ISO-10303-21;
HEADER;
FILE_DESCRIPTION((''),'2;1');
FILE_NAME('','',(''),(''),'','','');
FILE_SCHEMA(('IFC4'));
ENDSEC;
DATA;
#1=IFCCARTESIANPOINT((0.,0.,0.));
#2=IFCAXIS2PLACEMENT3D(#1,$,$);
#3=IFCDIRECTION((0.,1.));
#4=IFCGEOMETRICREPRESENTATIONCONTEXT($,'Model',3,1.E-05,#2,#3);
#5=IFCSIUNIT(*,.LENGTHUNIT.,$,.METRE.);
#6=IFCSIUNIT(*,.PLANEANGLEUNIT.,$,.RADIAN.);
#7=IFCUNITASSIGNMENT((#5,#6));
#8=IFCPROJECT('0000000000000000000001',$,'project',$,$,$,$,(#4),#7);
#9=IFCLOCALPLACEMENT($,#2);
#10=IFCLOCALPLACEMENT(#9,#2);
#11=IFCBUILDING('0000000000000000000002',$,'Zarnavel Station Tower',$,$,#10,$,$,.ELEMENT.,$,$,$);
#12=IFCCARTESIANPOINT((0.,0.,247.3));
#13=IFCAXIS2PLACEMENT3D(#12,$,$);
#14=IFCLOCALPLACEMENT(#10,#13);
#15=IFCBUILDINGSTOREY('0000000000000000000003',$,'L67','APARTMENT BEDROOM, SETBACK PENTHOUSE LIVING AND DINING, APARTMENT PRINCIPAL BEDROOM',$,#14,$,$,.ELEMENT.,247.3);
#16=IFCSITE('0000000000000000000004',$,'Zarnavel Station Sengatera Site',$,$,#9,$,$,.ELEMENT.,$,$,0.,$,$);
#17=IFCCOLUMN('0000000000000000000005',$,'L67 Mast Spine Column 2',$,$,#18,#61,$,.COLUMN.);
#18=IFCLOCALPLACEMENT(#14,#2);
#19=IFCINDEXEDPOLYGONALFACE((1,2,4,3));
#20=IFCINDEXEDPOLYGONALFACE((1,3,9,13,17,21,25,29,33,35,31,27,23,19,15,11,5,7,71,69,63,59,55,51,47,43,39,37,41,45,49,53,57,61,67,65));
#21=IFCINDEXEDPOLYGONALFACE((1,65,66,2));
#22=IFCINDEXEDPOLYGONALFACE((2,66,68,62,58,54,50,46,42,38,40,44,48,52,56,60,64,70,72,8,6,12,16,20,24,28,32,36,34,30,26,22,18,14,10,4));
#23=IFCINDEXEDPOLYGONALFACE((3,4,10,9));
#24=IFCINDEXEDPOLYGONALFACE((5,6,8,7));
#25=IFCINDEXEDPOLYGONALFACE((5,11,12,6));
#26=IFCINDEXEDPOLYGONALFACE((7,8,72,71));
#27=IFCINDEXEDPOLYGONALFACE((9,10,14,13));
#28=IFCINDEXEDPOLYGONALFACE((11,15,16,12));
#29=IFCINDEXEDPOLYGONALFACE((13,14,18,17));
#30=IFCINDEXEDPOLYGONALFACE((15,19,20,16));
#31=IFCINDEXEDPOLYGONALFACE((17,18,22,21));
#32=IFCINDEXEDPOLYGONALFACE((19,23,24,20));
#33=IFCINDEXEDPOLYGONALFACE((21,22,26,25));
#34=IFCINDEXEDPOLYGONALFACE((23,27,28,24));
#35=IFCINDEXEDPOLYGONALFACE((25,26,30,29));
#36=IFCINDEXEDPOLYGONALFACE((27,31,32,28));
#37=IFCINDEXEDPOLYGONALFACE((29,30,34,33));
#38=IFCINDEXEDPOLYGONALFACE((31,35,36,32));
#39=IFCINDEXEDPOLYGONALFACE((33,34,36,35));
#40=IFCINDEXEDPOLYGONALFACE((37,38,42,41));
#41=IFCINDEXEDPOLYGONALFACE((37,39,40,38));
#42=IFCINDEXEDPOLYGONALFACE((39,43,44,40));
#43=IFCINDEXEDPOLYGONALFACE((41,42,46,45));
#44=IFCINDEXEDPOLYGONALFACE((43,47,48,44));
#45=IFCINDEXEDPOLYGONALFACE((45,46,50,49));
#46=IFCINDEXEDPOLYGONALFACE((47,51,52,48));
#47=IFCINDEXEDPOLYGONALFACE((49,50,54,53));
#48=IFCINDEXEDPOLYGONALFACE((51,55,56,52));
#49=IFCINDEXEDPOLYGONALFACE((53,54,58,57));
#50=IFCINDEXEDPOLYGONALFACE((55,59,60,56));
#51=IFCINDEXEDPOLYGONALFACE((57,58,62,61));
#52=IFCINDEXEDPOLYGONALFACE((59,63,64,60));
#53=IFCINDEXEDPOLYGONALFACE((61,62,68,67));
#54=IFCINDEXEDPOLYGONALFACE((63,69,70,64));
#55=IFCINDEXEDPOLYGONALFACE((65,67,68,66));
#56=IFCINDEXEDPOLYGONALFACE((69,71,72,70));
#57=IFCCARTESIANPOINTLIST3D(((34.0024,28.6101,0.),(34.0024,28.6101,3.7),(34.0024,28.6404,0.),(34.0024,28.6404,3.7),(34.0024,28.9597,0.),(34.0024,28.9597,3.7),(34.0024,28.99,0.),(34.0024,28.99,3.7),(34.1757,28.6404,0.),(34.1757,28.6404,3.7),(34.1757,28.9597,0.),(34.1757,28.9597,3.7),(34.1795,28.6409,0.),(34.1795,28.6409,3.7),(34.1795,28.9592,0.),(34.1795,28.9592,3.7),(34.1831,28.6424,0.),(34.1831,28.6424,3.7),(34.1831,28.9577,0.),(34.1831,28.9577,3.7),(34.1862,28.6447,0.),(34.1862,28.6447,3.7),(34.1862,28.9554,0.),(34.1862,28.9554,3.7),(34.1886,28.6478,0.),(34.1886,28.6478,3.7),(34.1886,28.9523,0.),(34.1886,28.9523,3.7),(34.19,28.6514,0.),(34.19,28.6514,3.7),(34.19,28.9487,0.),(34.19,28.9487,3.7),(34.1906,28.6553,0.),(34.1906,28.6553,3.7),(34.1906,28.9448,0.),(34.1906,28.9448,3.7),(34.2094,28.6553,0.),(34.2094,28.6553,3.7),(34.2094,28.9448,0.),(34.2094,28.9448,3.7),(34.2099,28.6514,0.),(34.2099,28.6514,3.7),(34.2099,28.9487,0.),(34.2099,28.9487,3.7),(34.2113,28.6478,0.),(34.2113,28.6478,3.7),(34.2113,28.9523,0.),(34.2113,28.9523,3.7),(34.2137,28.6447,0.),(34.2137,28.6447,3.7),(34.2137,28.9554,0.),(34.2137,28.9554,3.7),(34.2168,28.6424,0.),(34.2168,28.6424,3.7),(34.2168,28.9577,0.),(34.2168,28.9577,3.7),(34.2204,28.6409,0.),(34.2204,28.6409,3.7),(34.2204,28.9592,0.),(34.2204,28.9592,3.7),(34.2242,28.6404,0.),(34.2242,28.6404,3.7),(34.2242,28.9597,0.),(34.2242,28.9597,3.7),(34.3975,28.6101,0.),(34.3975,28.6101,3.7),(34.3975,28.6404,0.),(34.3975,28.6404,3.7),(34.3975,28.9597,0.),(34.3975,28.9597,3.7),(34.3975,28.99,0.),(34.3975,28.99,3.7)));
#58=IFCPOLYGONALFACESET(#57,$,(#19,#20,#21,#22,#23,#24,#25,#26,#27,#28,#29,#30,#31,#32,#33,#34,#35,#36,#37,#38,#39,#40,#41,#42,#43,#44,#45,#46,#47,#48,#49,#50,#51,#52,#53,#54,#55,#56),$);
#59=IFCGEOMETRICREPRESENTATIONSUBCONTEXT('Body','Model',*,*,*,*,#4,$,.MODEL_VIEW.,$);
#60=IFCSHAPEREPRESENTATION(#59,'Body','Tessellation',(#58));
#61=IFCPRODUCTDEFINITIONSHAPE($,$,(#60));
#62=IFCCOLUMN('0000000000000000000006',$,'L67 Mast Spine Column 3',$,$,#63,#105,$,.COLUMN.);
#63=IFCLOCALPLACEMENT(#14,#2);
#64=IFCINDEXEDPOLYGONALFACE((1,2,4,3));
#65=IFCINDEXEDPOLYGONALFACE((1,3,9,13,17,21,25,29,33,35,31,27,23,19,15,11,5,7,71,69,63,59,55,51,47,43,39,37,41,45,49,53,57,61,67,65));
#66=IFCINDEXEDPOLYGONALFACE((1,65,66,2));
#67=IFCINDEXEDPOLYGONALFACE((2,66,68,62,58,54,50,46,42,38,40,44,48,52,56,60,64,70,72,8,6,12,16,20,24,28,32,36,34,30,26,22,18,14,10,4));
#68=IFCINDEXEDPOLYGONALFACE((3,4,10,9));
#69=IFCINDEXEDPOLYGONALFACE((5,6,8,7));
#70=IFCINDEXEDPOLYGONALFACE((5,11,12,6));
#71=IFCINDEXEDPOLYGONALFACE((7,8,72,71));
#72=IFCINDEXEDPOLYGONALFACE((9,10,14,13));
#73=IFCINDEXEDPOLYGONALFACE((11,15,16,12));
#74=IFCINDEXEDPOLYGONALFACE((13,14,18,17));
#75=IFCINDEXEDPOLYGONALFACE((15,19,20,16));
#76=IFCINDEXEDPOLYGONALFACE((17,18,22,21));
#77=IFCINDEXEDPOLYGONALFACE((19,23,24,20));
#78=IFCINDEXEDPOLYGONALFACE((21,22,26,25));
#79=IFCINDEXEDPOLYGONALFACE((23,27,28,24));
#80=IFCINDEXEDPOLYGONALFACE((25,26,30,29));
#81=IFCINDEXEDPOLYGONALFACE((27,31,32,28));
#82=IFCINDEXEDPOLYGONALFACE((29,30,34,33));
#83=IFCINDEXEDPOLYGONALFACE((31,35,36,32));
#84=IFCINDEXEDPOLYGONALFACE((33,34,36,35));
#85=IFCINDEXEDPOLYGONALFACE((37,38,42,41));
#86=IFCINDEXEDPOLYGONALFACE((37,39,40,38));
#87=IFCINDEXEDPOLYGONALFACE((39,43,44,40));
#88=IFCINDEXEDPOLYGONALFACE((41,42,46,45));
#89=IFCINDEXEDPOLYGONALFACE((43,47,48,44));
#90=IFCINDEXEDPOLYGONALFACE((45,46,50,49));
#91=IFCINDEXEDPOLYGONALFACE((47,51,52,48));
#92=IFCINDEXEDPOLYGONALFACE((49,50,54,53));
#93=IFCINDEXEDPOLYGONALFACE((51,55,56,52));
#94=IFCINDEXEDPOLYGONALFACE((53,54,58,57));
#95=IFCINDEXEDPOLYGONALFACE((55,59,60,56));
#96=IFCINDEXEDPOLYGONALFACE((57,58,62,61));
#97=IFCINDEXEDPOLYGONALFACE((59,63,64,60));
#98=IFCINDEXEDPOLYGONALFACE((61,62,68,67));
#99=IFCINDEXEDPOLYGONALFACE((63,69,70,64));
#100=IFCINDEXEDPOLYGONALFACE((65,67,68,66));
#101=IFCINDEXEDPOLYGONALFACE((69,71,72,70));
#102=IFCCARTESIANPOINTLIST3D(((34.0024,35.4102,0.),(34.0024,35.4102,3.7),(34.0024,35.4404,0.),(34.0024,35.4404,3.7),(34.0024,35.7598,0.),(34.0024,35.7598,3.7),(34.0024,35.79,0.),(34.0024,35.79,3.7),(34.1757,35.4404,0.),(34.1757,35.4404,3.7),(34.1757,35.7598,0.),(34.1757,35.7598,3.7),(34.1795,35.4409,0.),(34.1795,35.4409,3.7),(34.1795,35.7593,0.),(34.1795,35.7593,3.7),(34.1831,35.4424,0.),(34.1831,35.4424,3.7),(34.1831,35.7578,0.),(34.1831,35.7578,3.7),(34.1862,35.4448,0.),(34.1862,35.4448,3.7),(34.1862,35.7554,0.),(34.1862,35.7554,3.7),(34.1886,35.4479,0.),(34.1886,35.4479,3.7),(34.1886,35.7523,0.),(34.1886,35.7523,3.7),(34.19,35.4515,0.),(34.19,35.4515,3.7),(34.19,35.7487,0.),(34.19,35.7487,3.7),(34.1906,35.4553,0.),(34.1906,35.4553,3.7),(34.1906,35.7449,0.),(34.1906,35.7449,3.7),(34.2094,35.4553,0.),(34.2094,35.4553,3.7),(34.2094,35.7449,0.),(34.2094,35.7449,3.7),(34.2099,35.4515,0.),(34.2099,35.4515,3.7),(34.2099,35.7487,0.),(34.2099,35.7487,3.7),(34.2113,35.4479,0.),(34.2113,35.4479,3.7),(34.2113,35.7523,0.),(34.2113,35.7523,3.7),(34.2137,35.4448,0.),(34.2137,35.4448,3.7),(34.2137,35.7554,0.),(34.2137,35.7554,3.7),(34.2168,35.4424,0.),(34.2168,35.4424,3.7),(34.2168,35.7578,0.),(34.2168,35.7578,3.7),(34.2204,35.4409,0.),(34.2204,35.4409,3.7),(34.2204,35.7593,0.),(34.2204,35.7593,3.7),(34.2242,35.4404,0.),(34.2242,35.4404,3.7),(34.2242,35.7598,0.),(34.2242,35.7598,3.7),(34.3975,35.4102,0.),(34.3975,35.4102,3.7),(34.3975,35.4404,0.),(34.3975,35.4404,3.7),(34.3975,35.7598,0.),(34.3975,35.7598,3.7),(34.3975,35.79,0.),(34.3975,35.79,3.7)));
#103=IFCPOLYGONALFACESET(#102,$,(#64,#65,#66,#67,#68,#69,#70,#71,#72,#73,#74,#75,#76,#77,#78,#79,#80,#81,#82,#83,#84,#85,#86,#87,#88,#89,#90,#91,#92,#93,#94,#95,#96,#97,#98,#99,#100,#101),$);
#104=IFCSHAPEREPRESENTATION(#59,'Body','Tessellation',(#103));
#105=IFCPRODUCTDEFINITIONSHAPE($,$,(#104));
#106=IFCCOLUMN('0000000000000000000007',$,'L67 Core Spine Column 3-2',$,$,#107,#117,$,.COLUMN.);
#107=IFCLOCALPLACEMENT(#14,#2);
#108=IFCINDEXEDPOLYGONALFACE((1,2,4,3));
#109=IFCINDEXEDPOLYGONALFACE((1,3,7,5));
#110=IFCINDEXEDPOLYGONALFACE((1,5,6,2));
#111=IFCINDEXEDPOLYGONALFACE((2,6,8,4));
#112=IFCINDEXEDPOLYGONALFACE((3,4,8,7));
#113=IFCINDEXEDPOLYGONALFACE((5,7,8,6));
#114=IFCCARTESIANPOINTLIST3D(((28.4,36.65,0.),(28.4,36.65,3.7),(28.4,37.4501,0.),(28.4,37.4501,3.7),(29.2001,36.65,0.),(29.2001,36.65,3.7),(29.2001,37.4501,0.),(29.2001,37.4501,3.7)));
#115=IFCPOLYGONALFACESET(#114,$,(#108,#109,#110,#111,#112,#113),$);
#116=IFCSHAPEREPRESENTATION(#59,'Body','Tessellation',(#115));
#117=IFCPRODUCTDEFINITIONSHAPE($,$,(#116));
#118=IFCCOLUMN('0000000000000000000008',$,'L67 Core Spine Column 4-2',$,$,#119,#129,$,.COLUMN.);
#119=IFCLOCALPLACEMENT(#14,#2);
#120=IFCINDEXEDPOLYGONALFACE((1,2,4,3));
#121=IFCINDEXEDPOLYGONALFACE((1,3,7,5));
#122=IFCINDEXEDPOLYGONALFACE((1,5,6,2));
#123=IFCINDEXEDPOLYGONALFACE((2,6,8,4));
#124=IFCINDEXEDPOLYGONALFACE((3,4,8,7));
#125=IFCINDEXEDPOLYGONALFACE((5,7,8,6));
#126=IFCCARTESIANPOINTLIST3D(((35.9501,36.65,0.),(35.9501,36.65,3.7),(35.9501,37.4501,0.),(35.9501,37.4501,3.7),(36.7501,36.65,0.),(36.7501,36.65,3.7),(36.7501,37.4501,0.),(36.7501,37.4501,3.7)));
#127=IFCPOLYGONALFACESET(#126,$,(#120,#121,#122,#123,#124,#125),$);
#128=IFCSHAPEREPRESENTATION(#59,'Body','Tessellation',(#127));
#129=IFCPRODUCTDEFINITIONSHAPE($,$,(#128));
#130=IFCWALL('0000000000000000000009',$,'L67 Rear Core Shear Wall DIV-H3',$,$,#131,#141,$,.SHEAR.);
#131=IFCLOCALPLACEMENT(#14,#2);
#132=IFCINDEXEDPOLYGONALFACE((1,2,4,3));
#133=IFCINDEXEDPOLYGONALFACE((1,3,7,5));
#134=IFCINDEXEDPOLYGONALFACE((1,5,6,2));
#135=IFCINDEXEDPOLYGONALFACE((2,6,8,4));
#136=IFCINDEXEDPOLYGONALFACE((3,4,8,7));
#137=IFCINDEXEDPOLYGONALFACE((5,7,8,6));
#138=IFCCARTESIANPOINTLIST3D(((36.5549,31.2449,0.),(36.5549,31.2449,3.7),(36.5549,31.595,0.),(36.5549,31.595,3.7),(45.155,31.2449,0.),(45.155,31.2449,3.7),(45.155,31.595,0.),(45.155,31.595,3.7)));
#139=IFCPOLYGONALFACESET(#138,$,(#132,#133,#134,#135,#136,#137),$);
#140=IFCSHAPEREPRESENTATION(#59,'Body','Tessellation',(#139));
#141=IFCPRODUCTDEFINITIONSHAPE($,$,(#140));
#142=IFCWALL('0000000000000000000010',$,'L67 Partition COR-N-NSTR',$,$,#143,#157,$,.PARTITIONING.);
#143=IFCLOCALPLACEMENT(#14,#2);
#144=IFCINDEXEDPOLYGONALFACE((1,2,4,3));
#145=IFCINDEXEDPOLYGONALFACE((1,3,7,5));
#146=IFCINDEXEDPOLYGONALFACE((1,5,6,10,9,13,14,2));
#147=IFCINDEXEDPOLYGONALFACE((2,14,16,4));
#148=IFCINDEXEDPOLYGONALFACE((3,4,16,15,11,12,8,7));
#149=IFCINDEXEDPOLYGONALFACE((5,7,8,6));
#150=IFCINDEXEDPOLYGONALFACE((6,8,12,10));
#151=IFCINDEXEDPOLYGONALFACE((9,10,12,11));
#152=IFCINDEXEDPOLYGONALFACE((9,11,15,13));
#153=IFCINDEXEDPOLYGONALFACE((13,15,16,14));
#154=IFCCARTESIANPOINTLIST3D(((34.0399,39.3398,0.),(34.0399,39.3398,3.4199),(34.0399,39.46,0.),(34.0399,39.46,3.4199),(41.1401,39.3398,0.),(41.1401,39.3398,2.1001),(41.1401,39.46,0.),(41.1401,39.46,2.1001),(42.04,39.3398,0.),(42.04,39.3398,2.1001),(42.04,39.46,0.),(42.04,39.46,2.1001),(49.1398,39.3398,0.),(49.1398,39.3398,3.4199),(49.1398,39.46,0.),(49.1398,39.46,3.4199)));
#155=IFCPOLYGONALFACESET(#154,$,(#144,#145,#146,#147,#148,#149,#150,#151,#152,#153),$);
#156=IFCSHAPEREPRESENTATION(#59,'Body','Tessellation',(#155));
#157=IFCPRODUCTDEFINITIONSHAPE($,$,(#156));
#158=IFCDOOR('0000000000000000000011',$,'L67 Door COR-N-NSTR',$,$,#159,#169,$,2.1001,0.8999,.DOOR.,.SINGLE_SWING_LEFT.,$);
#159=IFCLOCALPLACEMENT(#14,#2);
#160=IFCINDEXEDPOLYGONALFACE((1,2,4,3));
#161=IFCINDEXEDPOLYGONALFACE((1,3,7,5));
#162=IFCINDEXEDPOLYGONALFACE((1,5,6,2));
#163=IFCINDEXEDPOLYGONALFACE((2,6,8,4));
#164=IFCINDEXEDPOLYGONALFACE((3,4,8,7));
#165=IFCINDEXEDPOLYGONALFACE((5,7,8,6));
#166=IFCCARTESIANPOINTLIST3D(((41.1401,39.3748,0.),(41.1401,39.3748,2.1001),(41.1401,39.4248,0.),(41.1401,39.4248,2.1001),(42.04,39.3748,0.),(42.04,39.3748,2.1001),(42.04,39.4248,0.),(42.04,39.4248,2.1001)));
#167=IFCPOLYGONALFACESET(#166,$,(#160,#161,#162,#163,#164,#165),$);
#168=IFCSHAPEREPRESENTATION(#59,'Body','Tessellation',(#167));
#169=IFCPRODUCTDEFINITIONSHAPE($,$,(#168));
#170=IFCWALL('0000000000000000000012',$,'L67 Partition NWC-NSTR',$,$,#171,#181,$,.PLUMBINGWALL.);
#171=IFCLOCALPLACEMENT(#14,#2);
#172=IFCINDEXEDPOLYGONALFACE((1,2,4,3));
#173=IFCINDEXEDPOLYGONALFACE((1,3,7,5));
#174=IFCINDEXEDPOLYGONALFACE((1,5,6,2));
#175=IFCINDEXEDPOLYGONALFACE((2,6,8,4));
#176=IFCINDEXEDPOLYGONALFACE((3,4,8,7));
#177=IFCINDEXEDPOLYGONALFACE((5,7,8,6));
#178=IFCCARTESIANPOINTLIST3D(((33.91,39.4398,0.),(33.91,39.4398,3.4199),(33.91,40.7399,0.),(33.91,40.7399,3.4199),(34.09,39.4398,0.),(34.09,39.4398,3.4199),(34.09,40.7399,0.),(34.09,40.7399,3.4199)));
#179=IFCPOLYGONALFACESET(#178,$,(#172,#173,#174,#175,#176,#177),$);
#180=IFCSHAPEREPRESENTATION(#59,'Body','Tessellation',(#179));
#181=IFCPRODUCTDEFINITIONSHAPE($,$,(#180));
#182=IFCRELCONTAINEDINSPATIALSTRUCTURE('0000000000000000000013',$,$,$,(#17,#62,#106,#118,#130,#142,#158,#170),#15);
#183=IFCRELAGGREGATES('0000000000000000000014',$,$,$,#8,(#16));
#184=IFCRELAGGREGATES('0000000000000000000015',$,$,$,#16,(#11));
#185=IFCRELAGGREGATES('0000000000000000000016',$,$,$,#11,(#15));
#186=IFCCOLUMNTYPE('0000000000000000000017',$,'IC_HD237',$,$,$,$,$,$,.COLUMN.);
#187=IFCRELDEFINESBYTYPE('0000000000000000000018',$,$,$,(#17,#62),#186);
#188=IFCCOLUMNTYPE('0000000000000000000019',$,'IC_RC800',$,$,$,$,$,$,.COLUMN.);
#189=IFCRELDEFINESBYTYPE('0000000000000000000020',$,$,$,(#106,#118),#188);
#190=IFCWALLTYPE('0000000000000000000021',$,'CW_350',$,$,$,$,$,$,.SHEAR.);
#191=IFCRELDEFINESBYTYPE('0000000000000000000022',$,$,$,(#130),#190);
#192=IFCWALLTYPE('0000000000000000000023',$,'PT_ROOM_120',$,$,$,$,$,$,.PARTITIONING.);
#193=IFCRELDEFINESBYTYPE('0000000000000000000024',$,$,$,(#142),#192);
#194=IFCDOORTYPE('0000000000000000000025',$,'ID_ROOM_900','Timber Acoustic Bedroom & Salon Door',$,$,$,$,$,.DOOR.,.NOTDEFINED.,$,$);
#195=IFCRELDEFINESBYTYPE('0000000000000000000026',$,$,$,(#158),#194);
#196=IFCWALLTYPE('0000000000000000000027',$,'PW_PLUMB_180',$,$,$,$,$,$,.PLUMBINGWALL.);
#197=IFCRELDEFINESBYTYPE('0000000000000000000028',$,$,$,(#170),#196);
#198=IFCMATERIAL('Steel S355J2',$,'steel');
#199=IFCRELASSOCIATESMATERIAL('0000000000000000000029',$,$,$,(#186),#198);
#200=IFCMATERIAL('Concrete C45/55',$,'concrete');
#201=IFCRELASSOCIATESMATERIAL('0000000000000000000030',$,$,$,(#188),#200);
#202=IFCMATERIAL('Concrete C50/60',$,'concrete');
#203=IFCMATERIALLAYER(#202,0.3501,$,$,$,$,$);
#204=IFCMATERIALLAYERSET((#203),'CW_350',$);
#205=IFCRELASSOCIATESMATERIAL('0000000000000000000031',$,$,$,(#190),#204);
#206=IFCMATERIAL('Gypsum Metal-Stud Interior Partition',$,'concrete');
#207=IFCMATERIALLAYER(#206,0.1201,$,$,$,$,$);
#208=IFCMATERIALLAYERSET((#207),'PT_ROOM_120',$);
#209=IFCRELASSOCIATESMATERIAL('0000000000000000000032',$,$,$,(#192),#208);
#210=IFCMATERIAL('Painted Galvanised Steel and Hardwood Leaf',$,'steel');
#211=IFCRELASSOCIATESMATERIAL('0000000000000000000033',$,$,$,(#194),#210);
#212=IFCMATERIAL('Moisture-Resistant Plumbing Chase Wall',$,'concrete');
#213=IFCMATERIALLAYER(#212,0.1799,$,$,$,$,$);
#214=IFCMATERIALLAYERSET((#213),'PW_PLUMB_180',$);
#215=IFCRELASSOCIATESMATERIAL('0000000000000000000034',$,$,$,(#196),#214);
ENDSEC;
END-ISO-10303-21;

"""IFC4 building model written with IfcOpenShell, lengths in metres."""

from ifc_helpers import new_model, si_unit, direction, frame, frame_2d, origin, origin_2d, place, context, subcontext, project, spatial, rectangle, i_section, extrude, material, layer, layer_set, material_profile, profile_set, type_object, element, fill, save


model = new_model("IFC4")

# Units and contexts
model_context = context("Model", 3, precision=1e-05, world=origin(), true_north=direction((0.0, 1.0)))
body_context = subcontext(model_context, "Body", "Model", "MODEL_VIEW")
ifc_project = project(units=[si_unit("LENGTHUNIT", "METRE"), si_unit("PLANEANGLEUNIT", "RADIAN")], contexts=[model_context])

# Site, building, storey
site_placement = place(None, origin())
site = spatial("IfcSite", under=ifc_project, at=site_placement, Name="Zarnavel Station Sengatera Site", CompositionType="ELEMENT", RefElevation=0.0)
building_placement = place(site_placement, origin())
building = spatial("IfcBuilding", under=site, at=building_placement, Name="Zarnavel Station Tower", CompositionType="ELEMENT")
storey_placement = place(building_placement, frame((0.0, 0.0, 247.3)))
storey = spatial("IfcBuildingStorey", under=building, at=storey_placement, Name="L67", Description="APARTMENT BEDROOM, SETBACK PENTHOUSE LIVING AND DINING, APARTMENT PRINCIPAL BEDROOM", CompositionType="ELEMENT", Elevation=247.3)

# Columns
ifc_material_1 = material(Name="Steel S355J2", Category="steel")
ifc_material_profile_1 = material_profile(ifc_material_1, i_section(OverallWidth=0.395, OverallDepth=0.3799, WebThickness=0.0188, FlangeThickness=0.0303, FilletRadius=0.0149, at=origin_2d()), Name="HD400x237")
ifc_profile_set_1 = profile_set([ifc_material_profile_1], Name="Steel S355J2")
column_type_1 = type_object("IfcColumnType", Name="IC_HD237", PredefinedType="COLUMN", material=ifc_profile_set_1)
for number, where, z_axis, x_axis, name in (
    (1, (34.2, 28.8, 0.0), (0.0, 0.0, 1.0), (1.0, 0.0, 0.0), "L67 Mast Spine Column 2"),
    (2, (34.2, 35.6001, 0.0), (0.0, 0.0, 1.0), (1.0, 0.0, 0.0), "L67 Mast Spine Column 3"),
):
    element("IfcColumn", number, at=place(storey_placement, frame(where, z_axis=z_axis, x_axis=x_axis)), inside=storey, type_object=column_type_1, Name=name, PredefinedType="COLUMN", context=body_context, shape_type="SweptSolid", body=[
        extrude(i_section(OverallWidth=0.395, OverallDepth=0.3799, WebThickness=0.0188, FlangeThickness=0.0303, FilletRadius=0.0149, at=origin_2d()), origin(), (0.0, 0.0, 1.0), 3.7),
    ])
ifc_material_2 = material(Name="Concrete C45/55", Category="concrete")
ifc_material_profile_2 = material_profile(ifc_material_2, rectangle(XDim=0.8, YDim=0.8, at=origin_2d()), Name="RC800x800")
ifc_profile_set_2 = profile_set([ifc_material_profile_2], Name="Concrete C45/55")
column_type_2 = type_object("IfcColumnType", Name="IC_RC800", PredefinedType="COLUMN", material=ifc_profile_set_2)
for number, where, z_axis, x_axis, name in (
    (3, (28.8, 37.05, 0.0), (0.0, 0.0, 1.0), (1.0, 0.0, 0.0), "L67 Core Spine Column 3-2"),
    (4, (36.3501, 37.05, 0.0), (0.0, 0.0, 1.0), (1.0, 0.0, 0.0), "L67 Core Spine Column 4-2"),
):
    element("IfcColumn", number, at=place(storey_placement, frame(where, z_axis=z_axis, x_axis=x_axis)), inside=storey, type_object=column_type_2, Name=name, PredefinedType="COLUMN", context=body_context, shape_type="SweptSolid", body=[
        extrude(rectangle(XDim=0.8, YDim=0.8, at=origin_2d()), origin(), (0.0, 0.0, 1.0), 3.7),
    ])

# Wall
ifc_material_3 = material(Name="Concrete C50/60", Category="concrete")
ifc_layer_1 = layer(ifc_material_3, 0.3501)
ifc_layer_set_1 = layer_set([ifc_layer_1], Name="CW_350")
wall_type_1 = type_object("IfcWallType", Name="CW_350", PredefinedType="SHEAR", material=ifc_layer_set_1)
wall_1_placement = place(storey_placement, frame((36.5549, 31.4199, 0.0), z_axis=(0.0, 0.0, 1.0), x_axis=(1.0, 0.0, 0.0)))
element("IfcWall", 5, at=wall_1_placement, inside=storey, type_object=wall_type_1, Name="L67 Rear Core Shear Wall DIV-H3", PredefinedType="SHEAR", context=body_context, shape_type="SweptSolid", body=[
    extrude(rectangle(XDim=8.6001, YDim=0.3501, at=frame_2d((4.3, 0.0))), origin(), (0.0, 0.0, 1.0), 3.7),
])

# Wall, opening, door
ifc_material_4 = material(Name="Gypsum Metal-Stud Interior Partition", Category="concrete")
ifc_layer_2 = layer(ifc_material_4, 0.1201)
ifc_layer_set_2 = layer_set([ifc_layer_2], Name="PT_ROOM_120")
wall_type_2 = type_object("IfcWallType", Name="PT_ROOM_120", PredefinedType="PARTITIONING", material=ifc_layer_set_2)
wall_2_placement = place(storey_placement, frame((34.04, 39.3999, 0.0), z_axis=(0.0, 0.0, 1.0), x_axis=(1.0, 0.0, 0.0)))
wall_2 = element("IfcWall", 6, at=wall_2_placement, inside=storey, type_object=wall_type_2, Name="L67 Partition COR-N-NSTR", PredefinedType="PARTITIONING", context=body_context, shape_type="SweptSolid", body=[
    extrude(rectangle(XDim=15.0999, YDim=0.1201, at=frame_2d((7.5498, 0.0))), origin(), (0.0, 0.0, 1.0), 3.4199),
])
opening_1_placement = place(wall_2_placement, frame((7.1001, 0.0, 0.0)))
opening_1 = element("IfcOpeningElement", 7, at=opening_1_placement, cuts=wall_2, PredefinedType="OPENING", context=body_context, shape_type="SweptSolid", body=[
    extrude(rectangle(XDim=0.8999, YDim=2.1001, at=frame_2d((0.45, 1.05))), frame((0.0, 0.0701, 0.0), z_axis=(0.0, -1.0, 0.0), x_axis=(1.0, 0.0, 0.0)), (0.0, 0.0, 1.0), 0.1401),
])
ifc_material_5 = material(Name="Painted Galvanised Steel and Hardwood Leaf", Category="steel")
door_type_1 = type_object("IfcDoorType", Name="ID_ROOM_900", Description="Timber Acoustic Bedroom & Salon Door", OperationType="NOTDEFINED", PredefinedType="DOOR", material=ifc_material_5)
door_1_placement = place(opening_1_placement, origin())
door_1 = element("IfcDoor", 8, at=door_1_placement, inside=storey, type_object=door_type_1, Name="L67 Door COR-N-NSTR", OperationType="SINGLE_SWING_LEFT", OverallHeight=2.1001, OverallWidth=0.8999, PredefinedType="DOOR", context=body_context, shape_type="SweptSolid", body=[
    extrude(rectangle(XDim=0.8999, YDim=2.1001, at=frame_2d((0.45, 1.05))), frame((0.0, 0.0249, 0.0), z_axis=(0.0, -1.0, 0.0), x_axis=(1.0, 0.0, 0.0)), (0.0, 0.0, 1.0), 0.05),
])
fill(opening_1, door_1)

# Wall
ifc_material_6 = material(Name="Moisture-Resistant Plumbing Chase Wall", Category="concrete")
ifc_layer_3 = layer(ifc_material_6, 0.1799)
ifc_layer_set_3 = layer_set([ifc_layer_3], Name="PW_PLUMB_180")
wall_type_3 = type_object("IfcWallType", Name="PW_PLUMB_180", PredefinedType="PLUMBINGWALL", material=ifc_layer_set_3)
wall_3_placement = place(storey_placement, frame((34.0, 39.4399, 0.0), z_axis=(0.0, 0.0, 1.0), x_axis=(0.0, 1.0, 0.0)))
element("IfcWall", 9, at=wall_3_placement, inside=storey, type_object=wall_type_3, Name="L67 Partition NWC-NSTR", PredefinedType="PLUMBINGWALL", context=body_context, shape_type="SweptSolid", body=[
    extrude(rectangle(XDim=1.3, YDim=0.1799, at=frame_2d((0.6499, 0.0))), origin(), (0.0, 0.0, 1.0), 3.4199),
])

save(model, "model.ifc")
